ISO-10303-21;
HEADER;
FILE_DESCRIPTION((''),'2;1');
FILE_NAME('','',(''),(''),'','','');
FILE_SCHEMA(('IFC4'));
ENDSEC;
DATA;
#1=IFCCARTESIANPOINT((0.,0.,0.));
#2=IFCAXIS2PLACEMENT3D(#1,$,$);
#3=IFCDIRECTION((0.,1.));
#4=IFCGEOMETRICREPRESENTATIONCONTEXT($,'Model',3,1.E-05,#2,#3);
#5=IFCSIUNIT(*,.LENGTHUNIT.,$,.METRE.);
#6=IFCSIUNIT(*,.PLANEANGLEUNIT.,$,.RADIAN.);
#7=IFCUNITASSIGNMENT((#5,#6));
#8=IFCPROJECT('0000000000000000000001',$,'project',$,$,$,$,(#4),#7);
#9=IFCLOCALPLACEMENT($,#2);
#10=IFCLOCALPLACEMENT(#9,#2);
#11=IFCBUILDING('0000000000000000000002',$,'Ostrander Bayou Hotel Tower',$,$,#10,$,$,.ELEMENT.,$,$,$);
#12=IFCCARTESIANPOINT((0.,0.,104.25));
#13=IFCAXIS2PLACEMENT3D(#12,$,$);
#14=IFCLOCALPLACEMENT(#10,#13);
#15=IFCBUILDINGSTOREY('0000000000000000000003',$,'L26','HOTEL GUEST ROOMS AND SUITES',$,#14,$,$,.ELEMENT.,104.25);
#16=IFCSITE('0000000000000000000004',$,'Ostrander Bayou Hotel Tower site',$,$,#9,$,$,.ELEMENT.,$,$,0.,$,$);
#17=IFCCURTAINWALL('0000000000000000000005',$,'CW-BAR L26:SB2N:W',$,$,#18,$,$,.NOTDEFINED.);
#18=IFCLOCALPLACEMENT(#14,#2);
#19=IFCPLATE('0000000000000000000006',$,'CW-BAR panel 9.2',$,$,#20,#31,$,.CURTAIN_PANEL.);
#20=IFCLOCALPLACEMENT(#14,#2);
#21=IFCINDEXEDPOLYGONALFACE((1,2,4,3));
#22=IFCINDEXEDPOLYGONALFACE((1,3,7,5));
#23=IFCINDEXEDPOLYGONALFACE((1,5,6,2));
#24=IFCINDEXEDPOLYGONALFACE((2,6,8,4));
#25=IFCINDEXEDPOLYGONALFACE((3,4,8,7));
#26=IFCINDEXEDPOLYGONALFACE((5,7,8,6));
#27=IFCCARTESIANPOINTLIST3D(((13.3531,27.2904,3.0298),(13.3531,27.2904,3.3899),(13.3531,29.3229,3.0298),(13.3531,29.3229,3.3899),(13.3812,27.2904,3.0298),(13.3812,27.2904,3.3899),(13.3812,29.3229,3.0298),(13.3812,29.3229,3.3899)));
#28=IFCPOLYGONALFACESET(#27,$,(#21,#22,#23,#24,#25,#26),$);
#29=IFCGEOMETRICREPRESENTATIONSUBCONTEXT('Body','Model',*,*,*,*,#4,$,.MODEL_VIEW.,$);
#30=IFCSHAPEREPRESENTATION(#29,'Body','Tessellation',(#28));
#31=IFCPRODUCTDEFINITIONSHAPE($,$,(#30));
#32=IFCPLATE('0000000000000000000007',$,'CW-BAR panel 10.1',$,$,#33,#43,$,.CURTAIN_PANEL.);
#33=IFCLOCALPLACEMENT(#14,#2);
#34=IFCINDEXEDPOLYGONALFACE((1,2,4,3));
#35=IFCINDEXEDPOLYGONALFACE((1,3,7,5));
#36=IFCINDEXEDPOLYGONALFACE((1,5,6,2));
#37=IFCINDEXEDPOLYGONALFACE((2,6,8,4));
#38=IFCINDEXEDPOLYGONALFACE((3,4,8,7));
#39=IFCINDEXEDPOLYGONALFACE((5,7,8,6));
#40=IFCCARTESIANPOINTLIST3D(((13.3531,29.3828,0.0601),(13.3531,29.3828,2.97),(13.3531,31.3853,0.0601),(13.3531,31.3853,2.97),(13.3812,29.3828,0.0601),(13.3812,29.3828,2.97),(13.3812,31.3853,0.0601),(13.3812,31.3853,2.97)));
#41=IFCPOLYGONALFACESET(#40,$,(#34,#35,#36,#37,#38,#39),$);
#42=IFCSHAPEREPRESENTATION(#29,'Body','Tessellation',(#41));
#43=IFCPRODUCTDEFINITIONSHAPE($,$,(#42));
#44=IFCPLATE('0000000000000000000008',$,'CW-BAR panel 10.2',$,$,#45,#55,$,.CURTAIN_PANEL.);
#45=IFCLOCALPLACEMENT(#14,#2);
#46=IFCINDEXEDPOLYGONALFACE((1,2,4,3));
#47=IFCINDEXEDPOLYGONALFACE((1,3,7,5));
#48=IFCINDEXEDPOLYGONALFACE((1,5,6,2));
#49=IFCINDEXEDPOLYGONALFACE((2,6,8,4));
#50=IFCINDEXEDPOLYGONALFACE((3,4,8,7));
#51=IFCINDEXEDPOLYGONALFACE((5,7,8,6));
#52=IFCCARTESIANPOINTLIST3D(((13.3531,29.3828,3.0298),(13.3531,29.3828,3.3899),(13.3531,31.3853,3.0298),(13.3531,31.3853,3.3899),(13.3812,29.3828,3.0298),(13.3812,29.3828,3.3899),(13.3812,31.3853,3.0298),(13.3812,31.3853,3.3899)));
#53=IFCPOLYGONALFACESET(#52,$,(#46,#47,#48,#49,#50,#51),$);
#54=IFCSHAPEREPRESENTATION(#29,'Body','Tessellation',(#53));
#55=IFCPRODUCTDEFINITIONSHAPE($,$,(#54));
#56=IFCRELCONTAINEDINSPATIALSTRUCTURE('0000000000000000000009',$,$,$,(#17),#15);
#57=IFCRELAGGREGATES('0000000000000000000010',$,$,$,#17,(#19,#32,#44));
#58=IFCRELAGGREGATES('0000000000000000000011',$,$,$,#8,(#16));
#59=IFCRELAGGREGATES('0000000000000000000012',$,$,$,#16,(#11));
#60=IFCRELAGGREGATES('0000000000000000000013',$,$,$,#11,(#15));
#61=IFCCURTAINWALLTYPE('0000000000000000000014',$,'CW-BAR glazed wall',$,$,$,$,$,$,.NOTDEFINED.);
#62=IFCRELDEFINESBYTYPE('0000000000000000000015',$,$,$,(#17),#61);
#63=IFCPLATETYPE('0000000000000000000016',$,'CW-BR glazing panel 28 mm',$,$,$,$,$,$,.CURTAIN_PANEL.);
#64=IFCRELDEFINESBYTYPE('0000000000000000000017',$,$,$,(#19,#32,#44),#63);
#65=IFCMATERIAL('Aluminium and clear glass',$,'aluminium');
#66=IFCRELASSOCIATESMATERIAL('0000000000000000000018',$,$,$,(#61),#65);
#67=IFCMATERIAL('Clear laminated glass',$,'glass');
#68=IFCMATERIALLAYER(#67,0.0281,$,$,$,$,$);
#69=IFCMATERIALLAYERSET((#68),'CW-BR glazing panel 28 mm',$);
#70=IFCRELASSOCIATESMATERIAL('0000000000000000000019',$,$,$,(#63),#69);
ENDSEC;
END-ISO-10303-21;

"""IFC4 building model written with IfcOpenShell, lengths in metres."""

from ifc_helpers import new_model, si_unit, direction, frame, origin, origin_2d, place, context, subcontext, project, spatial, rectangle, extrude, material, layer, layer_set, type_object, element, aggregate, save


model = new_model("IFC4")

# Units and contexts
model_context = context("Model", 3, precision=1e-05, world=origin(), true_north=direction((0.0, 1.0)))
body_context = subcontext(model_context, "Body", "Model", "MODEL_VIEW")
ifc_project = project(units=[si_unit("LENGTHUNIT", "METRE"), si_unit("PLANEANGLEUNIT", "RADIAN")], contexts=[model_context])

# Site, building, storey
site_placement = place(None, origin())
site = spatial("IfcSite", under=ifc_project, at=site_placement, Name="Ostrander Bayou Hotel Tower site", CompositionType="ELEMENT", RefElevation=0.0)
building_placement = place(site_placement, origin())
building = spatial("IfcBuilding", under=site, at=building_placement, Name="Ostrander Bayou Hotel Tower", CompositionType="ELEMENT")
storey_placement = place(building_placement, frame((0.0, 0.0, 104.25)))
storey = spatial("IfcBuildingStorey", under=building, at=storey_placement, Name="L26", Description="HOTEL GUEST ROOMS AND SUITES", CompositionType="ELEMENT", Elevation=104.25)

# Shared definitions
ifc_material_1 = material(Name="Aluminium and clear glass", Category="aluminium")
curtain_wall_type = type_object("IfcCurtainWallType", Name="CW-BAR glazed wall", PredefinedType="NOTDEFINED", material=ifc_material_1)

# Curtain wall
curtain_wall_1_placement = place(storey_placement, origin())
curtain_wall_1 = element("IfcCurtainWall", 1, at=curtain_wall_1_placement, inside=storey, type_object=curtain_wall_type, Name="CW-BAR L26:SB2N:W", PredefinedType="NOTDEFINED")

# Plates
ifc_material_2 = material(Name="Clear laminated glass", Category="glass")
ifc_layer = layer(ifc_material_2, 0.0281)
ifc_layer_set = layer_set([ifc_layer], Name="CW-BR glazing panel 28 mm")
plate_type = type_object("IfcPlateType", Name="CW-BR glazing panel 28 mm", PredefinedType="CURTAIN_PANEL", material=ifc_layer_set)
plate_1_placement = place(storey_placement, frame((13.3672, 28.3066, 3.0298), z_axis=(0.0, 0.0, 1.0), x_axis=(0.0, 1.0, 0.0)))
plate_1 = element("IfcPlate", 2, at=plate_1_placement, type_object=plate_type, Name="CW-BAR panel 9.2", PredefinedType="CURTAIN_PANEL", context=body_context, shape_type="SweptSolid", body=[
    extrude(rectangle(XDim=2.0325, YDim=0.0281, at=origin_2d()), origin(), (0.0, 0.0, 1.0), 0.3601),
])
plate_2_placement = place(storey_placement, frame((13.3672, 30.384, 0.0601), z_axis=(0.0, 0.0, 1.0), x_axis=(0.0, 1.0, 0.0)))
plate_2 = element("IfcPlate", 3, at=plate_2_placement, type_object=plate_type, Name="CW-BAR panel 10.1", PredefinedType="CURTAIN_PANEL", context=body_context, shape_type="SweptSolid", body=[
    extrude(rectangle(XDim=2.0024, YDim=0.0281, at=origin_2d()), origin(), (0.0, 0.0, 1.0), 2.9099),
])
plate_3_placement = place(storey_placement, frame((13.3672, 30.384, 3.0298), z_axis=(0.0, 0.0, 1.0), x_axis=(0.0, 1.0, 0.0)))
plate_3 = element("IfcPlate", 4, at=plate_3_placement, type_object=plate_type, Name="CW-BAR panel 10.2", PredefinedType="CURTAIN_PANEL", context=body_context, shape_type="SweptSolid", body=[
    extrude(rectangle(XDim=2.0024, YDim=0.0281, at=origin_2d()), origin(), (0.0, 0.0, 1.0), 0.3601),
])
aggregate(curtain_wall_1, [plate_1, plate_2, plate_3])

save(model, "model.ifc")
